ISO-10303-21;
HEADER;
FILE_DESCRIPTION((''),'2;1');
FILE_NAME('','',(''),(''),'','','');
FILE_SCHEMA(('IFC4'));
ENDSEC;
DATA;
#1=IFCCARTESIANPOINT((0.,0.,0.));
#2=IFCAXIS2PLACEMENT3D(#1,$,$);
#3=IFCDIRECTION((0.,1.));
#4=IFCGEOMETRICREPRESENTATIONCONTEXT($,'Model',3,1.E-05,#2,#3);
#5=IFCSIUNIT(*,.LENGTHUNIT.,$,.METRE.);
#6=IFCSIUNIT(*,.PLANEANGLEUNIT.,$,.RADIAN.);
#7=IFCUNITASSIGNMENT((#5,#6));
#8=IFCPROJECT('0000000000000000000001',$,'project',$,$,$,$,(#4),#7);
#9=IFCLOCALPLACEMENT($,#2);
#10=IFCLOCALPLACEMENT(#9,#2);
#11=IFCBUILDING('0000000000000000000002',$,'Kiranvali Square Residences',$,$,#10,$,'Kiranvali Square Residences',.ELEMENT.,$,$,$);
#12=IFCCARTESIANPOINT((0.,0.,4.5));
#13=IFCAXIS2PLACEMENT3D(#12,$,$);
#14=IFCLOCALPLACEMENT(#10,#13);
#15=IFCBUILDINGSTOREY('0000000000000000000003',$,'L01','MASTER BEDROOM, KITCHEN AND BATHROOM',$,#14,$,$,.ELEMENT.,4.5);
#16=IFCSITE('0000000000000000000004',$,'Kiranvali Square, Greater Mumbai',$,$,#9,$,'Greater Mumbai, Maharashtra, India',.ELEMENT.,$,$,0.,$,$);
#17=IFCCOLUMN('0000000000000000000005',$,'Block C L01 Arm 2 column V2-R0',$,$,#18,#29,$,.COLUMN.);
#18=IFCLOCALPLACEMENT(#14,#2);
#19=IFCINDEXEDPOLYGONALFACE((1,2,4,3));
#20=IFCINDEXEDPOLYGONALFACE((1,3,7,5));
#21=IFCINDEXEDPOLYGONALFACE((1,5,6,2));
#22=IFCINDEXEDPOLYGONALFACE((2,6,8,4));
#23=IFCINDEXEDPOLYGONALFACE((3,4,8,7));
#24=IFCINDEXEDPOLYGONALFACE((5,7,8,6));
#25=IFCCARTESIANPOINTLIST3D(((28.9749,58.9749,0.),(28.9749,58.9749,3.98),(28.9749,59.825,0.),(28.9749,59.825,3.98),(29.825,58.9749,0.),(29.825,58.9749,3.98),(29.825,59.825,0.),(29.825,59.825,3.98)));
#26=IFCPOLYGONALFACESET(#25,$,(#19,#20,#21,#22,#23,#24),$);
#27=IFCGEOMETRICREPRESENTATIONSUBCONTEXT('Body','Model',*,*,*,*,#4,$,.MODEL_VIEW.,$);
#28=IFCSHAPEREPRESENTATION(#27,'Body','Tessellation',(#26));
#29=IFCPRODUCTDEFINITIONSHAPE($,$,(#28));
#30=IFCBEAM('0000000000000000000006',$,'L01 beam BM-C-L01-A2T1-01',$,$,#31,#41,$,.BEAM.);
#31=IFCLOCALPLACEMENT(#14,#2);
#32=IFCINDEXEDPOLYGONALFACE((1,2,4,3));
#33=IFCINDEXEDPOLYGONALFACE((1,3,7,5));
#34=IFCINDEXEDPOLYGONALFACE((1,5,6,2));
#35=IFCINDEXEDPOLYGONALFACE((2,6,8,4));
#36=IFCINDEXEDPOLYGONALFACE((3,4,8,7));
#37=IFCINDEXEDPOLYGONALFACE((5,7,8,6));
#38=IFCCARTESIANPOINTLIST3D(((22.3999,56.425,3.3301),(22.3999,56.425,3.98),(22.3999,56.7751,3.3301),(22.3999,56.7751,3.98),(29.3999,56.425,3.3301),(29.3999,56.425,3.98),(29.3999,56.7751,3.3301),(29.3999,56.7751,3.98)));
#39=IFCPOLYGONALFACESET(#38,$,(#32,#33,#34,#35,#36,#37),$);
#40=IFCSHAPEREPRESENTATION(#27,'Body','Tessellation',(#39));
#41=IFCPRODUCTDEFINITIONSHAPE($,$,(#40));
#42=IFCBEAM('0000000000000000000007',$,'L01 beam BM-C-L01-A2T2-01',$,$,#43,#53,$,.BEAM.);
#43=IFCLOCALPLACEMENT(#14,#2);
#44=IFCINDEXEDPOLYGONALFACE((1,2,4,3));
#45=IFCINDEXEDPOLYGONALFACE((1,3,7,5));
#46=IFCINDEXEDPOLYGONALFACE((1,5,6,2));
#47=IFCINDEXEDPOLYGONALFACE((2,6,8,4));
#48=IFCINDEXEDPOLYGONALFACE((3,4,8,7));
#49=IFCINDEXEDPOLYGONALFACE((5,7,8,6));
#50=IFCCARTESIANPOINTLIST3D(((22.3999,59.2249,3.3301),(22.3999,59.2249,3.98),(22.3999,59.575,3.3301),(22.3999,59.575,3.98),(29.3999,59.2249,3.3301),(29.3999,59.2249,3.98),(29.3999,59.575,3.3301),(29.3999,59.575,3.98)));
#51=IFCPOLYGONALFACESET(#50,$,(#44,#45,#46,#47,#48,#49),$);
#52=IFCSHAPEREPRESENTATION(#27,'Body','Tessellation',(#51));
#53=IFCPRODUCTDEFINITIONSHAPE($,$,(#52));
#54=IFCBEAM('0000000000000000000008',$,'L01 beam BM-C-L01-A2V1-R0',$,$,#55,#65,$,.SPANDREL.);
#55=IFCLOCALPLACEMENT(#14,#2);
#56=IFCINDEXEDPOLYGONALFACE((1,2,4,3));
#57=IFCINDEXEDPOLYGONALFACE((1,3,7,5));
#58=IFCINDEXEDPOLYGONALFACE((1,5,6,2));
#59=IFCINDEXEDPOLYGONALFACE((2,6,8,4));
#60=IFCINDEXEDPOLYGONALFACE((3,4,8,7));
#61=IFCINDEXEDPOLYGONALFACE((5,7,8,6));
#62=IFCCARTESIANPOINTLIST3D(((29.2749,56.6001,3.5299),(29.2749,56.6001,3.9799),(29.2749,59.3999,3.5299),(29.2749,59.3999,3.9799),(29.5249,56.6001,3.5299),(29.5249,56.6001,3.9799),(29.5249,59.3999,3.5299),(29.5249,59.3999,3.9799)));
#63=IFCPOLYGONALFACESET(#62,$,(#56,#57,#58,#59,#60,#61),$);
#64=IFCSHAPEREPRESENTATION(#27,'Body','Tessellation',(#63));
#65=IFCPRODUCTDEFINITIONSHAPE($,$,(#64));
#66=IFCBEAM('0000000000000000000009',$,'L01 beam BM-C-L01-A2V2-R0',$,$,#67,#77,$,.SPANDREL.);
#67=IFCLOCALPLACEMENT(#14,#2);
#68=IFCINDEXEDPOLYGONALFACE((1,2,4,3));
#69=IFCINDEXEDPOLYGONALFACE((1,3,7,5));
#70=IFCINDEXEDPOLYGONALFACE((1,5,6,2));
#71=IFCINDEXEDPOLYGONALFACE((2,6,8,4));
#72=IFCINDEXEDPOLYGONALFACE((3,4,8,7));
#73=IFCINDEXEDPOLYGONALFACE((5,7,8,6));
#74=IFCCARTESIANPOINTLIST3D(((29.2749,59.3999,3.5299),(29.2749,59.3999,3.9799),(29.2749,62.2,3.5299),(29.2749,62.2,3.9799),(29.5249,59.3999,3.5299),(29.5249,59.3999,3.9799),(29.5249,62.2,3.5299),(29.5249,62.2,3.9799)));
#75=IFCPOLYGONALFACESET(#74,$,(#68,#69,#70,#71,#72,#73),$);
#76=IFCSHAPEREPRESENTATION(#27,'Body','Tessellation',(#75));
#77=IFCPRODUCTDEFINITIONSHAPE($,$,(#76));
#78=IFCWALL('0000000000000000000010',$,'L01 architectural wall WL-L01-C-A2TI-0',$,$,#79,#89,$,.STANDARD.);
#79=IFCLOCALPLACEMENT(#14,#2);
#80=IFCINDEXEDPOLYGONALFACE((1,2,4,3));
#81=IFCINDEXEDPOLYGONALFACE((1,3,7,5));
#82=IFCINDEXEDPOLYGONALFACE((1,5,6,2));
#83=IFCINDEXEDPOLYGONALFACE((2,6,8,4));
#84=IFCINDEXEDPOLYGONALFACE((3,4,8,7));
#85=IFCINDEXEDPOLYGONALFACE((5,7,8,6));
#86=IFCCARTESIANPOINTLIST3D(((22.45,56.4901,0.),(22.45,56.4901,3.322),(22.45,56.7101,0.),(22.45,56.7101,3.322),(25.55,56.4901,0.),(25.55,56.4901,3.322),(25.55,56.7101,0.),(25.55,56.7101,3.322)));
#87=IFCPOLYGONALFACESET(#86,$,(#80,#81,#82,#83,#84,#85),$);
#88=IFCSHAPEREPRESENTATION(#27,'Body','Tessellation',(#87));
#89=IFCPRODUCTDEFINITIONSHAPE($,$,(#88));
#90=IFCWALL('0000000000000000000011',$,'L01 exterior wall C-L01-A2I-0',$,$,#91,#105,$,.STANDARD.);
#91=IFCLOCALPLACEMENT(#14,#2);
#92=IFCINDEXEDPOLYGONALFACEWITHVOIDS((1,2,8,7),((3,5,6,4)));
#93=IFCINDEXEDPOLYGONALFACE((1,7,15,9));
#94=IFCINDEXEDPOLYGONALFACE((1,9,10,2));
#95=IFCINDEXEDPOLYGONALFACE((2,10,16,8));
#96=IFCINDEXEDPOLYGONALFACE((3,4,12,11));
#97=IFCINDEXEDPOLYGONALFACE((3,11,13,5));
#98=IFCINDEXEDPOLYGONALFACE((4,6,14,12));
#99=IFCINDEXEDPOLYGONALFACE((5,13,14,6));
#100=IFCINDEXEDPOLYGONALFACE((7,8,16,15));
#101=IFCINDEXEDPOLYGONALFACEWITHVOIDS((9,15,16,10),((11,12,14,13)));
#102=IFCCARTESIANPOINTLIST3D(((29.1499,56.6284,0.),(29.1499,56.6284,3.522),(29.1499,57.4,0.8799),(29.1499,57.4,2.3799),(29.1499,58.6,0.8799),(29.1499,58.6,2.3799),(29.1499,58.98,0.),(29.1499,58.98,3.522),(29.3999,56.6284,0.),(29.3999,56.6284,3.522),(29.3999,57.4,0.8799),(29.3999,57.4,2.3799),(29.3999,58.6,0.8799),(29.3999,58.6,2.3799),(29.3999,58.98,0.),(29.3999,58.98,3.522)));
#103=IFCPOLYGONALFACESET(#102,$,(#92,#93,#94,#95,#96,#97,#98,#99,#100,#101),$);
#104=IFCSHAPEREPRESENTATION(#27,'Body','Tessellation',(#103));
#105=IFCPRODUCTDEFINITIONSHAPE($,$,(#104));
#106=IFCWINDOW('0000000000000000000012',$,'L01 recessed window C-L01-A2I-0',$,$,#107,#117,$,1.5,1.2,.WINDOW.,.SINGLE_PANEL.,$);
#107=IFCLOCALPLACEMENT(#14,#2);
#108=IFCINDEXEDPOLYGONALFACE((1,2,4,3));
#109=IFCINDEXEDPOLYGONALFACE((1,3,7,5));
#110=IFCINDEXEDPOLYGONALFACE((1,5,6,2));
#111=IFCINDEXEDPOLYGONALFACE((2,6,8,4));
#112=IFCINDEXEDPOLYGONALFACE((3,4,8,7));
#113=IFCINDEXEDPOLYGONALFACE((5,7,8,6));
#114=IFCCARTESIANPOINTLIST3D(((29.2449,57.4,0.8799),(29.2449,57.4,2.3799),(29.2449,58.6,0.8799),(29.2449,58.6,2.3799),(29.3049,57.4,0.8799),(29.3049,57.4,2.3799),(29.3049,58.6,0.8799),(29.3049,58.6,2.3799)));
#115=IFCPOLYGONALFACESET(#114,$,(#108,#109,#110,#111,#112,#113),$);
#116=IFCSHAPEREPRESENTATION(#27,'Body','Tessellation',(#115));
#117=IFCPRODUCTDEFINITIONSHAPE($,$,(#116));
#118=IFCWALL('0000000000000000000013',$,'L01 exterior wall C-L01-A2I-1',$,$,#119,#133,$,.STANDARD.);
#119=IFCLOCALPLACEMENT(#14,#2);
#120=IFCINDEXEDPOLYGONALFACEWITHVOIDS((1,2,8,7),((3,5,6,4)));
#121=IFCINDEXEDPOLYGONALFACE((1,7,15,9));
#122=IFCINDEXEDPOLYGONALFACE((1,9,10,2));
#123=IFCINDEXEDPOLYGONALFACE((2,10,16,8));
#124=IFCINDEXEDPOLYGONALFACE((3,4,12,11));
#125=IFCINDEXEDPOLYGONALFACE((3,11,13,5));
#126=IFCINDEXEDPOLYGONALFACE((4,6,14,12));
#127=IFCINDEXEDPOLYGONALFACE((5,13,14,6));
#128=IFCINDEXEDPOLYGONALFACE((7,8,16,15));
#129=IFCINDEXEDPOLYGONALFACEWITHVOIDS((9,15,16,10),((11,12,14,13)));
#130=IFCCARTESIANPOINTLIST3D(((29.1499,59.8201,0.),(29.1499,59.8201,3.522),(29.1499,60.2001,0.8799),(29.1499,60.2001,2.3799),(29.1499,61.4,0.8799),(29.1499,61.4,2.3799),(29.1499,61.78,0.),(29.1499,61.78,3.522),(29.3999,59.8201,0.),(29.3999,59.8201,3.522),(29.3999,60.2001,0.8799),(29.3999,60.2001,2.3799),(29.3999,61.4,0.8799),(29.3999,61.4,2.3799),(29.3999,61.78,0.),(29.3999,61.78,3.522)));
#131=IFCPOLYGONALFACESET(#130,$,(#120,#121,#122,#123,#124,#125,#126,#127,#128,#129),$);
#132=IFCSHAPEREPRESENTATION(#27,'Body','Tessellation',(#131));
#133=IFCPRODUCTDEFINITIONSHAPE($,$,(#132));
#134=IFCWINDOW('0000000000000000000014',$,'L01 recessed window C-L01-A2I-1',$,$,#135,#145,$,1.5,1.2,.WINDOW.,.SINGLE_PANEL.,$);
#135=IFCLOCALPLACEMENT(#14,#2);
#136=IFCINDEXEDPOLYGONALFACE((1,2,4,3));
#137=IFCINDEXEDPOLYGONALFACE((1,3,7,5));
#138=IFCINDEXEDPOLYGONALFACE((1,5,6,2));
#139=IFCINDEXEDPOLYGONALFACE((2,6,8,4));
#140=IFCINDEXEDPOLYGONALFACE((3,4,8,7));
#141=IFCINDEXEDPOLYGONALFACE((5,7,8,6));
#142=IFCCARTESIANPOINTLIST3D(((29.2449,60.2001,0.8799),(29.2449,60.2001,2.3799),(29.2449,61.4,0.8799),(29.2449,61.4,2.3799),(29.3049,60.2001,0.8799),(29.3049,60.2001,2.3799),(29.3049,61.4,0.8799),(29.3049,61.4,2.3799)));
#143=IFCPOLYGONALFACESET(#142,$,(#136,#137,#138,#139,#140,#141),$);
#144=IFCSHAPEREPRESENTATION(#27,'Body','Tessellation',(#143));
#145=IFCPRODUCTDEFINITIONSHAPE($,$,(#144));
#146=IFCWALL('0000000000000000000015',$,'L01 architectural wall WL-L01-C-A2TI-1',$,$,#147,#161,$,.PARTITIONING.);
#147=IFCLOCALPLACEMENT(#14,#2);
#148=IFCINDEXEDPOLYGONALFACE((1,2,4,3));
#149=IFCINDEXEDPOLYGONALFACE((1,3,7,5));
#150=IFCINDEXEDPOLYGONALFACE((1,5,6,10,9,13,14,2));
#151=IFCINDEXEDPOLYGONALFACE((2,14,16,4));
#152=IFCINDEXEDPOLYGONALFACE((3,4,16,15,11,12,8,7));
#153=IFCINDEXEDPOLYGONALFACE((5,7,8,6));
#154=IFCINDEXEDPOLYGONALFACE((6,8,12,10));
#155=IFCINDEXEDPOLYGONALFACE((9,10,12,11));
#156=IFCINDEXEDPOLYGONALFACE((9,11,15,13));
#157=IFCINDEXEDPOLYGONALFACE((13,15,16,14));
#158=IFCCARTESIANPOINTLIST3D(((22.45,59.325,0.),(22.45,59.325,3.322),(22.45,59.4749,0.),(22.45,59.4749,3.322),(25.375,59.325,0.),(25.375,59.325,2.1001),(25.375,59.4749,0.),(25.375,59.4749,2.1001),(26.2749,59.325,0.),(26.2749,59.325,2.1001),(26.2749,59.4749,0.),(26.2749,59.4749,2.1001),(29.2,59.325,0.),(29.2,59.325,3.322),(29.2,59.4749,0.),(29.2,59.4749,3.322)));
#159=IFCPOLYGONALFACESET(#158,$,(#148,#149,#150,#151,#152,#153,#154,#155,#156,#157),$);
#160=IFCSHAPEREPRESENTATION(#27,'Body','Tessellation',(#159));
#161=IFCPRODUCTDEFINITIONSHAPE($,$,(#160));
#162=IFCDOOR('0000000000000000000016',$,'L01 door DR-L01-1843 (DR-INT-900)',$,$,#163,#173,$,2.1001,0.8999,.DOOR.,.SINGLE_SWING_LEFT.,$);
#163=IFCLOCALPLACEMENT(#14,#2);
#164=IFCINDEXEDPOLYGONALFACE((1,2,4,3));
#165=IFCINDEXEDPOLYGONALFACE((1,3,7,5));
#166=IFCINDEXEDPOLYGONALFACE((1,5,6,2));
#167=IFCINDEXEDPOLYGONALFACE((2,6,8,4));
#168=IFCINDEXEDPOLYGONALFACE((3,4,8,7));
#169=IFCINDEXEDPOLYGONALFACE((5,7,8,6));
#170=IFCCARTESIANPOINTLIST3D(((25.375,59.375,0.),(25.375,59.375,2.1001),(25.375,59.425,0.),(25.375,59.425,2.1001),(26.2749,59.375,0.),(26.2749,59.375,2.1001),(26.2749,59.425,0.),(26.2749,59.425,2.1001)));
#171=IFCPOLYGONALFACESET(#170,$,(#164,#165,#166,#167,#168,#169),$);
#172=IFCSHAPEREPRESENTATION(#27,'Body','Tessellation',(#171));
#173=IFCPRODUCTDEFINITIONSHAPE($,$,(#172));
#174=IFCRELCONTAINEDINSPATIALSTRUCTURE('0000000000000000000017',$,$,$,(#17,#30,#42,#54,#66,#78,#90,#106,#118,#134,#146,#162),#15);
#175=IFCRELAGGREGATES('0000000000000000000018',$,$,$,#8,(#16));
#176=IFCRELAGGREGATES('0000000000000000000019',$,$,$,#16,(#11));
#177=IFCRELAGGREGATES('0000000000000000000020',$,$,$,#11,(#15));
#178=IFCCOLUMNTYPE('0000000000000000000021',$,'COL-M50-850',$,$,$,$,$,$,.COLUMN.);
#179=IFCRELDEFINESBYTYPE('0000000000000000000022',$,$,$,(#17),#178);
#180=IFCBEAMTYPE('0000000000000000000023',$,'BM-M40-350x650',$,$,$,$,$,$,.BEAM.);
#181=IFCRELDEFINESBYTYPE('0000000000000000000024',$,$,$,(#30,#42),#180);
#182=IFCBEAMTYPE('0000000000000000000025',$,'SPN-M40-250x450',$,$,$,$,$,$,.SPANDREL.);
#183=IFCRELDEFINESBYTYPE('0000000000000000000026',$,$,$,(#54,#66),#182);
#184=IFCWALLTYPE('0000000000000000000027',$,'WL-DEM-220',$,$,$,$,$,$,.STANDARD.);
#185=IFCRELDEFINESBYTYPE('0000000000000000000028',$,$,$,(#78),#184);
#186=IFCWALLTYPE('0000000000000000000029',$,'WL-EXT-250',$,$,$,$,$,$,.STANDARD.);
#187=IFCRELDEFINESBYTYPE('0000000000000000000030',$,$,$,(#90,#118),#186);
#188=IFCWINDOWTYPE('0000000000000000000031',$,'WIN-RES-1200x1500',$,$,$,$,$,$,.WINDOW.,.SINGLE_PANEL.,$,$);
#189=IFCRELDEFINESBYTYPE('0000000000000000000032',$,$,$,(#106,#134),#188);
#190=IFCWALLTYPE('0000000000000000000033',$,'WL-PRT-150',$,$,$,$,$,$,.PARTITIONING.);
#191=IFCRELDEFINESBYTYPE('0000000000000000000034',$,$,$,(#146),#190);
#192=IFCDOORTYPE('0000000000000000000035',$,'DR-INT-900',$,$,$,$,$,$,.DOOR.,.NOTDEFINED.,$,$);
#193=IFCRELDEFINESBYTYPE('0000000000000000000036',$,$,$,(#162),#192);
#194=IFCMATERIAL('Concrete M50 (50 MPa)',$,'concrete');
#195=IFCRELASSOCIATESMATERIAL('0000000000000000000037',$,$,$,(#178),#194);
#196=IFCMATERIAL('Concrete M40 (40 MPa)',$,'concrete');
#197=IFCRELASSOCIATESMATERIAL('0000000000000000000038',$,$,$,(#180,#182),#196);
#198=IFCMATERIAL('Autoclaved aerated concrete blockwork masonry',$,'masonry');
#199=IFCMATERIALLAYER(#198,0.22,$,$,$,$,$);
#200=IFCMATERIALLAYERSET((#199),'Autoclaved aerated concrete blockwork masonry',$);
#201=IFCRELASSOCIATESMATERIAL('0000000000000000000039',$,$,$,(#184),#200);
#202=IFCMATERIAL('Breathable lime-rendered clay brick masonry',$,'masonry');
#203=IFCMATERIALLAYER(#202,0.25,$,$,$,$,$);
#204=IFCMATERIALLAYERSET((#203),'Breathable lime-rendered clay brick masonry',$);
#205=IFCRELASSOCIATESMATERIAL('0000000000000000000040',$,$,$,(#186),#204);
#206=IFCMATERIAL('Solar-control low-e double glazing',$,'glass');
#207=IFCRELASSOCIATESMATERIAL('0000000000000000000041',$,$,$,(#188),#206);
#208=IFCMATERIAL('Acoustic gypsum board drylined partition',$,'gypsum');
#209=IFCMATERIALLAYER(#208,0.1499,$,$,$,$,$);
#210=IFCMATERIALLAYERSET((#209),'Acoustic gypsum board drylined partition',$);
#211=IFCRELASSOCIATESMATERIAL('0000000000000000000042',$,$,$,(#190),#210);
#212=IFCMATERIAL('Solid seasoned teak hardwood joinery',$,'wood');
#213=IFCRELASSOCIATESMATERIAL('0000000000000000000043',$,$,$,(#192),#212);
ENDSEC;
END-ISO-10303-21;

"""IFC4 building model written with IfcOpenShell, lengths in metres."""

from ifc_helpers import new_model, si_unit, direction, frame, frame_2d, origin, origin_2d, place, context, subcontext, project, spatial, rectangle, extrude, material, layer, layer_set, material_profile, profile_set, type_object, element, fill, save


model = new_model("IFC4")

# Units and contexts
model_context = context("Model", 3, precision=1e-05, world=origin(), true_north=direction((0.0, 1.0)))
body_context = subcontext(model_context, "Body", "Model", "MODEL_VIEW")
ifc_project = project(units=[si_unit("LENGTHUNIT", "METRE"), si_unit("PLANEANGLEUNIT", "RADIAN")], contexts=[model_context])

# Site, building, storey
site_placement = place(None, origin())
site = spatial("IfcSite", under=ifc_project, at=site_placement, Name="Kiranvali Square, Greater Mumbai", LongName="Greater Mumbai, Maharashtra, India", CompositionType="ELEMENT", RefElevation=0.0)
building_placement = place(site_placement, origin())
building = spatial("IfcBuilding", under=site, at=building_placement, Name="Kiranvali Square Residences", LongName="Kiranvali Square Residences", CompositionType="ELEMENT")
storey_placement = place(building_placement, frame((0.0, 0.0, 4.5)))
storey = spatial("IfcBuildingStorey", under=building, at=storey_placement, Name="L01", Description="MASTER BEDROOM, KITCHEN AND BATHROOM", CompositionType="ELEMENT", Elevation=4.5)

# Column
ifc_material_1 = material(Name="Concrete M50 (50 MPa)", Category="concrete")
ifc_material_profile_1 = material_profile(ifc_material_1, rectangle(XDim=0.8501, YDim=0.8501, at=origin_2d()), Name="RC 850x850")
ifc_profile_set_1 = profile_set([ifc_material_profile_1], Name="Concrete M50 (50 MPa)")
column_type = type_object("IfcColumnType", Name="COL-M50-850", PredefinedType="COLUMN", material=ifc_profile_set_1)
column_placement = place(storey_placement, frame((29.3999, 59.3999, 0.0), z_axis=(0.0, 0.0, 1.0), x_axis=(1.0, 0.0, 0.0)))
element("IfcColumn", 1, at=column_placement, inside=storey, type_object=column_type, Name="Block C L01 Arm 2 column V2-R0", PredefinedType="COLUMN", context=body_context, shape_type="SweptSolid", body=[
    extrude(rectangle(XDim=0.8501, YDim=0.8501, at=origin_2d()), origin(), (0.0, 0.0, 1.0), 3.98),
])

# Beams
ifc_material_2 = material(Name="Concrete M40 (40 MPa)", Category="concrete")
ifc_material_profile_2 = material_profile(ifc_material_2, rectangle(XDim=0.3501, YDim=0.6499, at=origin_2d()), Name="RC 350x650")
ifc_profile_set_2 = profile_set([ifc_material_profile_2], Name="Concrete M40 (40 MPa)")
beam_type_1 = type_object("IfcBeamType", Name="BM-M40-350x650", PredefinedType="BEAM", material=ifc_profile_set_2)
for number, where, z_axis, x_axis, name in (
    (2, (29.3999, 56.6001, 3.655), (-1.0, 0.0, 0.0), (0.0, -1.0, 0.0), "L01 beam BM-C-L01-A2T1-01"),
    (3, (29.3999, 59.3999, 3.655), (-1.0, 0.0, 0.0), (0.0, -1.0, 0.0), "L01 beam BM-C-L01-A2T2-01"),
):
    element("IfcBeam", number, at=place(storey_placement, frame(where, z_axis=z_axis, x_axis=x_axis)), inside=storey, type_object=beam_type_1, Name=name, PredefinedType="BEAM", context=body_context, shape_type="SweptSolid", body=[
        extrude(rectangle(XDim=0.3501, YDim=0.6499, at=origin_2d()), origin(), (0.0, 0.0, 1.0), 7.0),
    ])
ifc_material_profile_3 = material_profile(ifc_material_2, rectangle(XDim=0.25, YDim=0.45, at=origin_2d()), Name="RC 250x450")
ifc_profile_set_3 = profile_set([ifc_material_profile_3], Name="Concrete M40 (40 MPa)")
beam_type_2 = type_object("IfcBeamType", Name="SPN-M40-250x450", PredefinedType="SPANDREL", material=ifc_profile_set_3)
beam_1_placement = place(storey_placement, frame((29.3999, 56.6001, 3.7549), z_axis=(0.0, 1.0, 0.0), x_axis=(-1.0, 0.0, 0.0)))
element("IfcBeam", 4, at=beam_1_placement, inside=storey, type_object=beam_type_2, Name="L01 beam BM-C-L01-A2V1-R0", PredefinedType="SPANDREL", context=body_context, shape_type="SweptSolid", body=[
    extrude(rectangle(XDim=0.25, YDim=0.45, at=origin_2d()), origin(), (0.0, 0.0, 1.0), 2.7998),
])
beam_2_placement = place(storey_placement, frame((29.3999, 59.3999, 3.7549), z_axis=(0.0, 1.0, 0.0), x_axis=(-1.0, 0.0, 0.0)))
element("IfcBeam", 5, at=beam_2_placement, inside=storey, type_object=beam_type_2, Name="L01 beam BM-C-L01-A2V2-R0", PredefinedType="SPANDREL", context=body_context, shape_type="SweptSolid", body=[
    extrude(rectangle(XDim=0.25, YDim=0.45, at=origin_2d()), origin(), (0.0, 0.0, 1.0), 2.8),
])

# Shared definitions
ifc_material_3 = material(Name="Autoclaved aerated concrete blockwork masonry", Category="masonry")

# Wall
ifc_layer_1 = layer(ifc_material_3, 0.22)
ifc_layer_set_1 = layer_set([ifc_layer_1], Name="Autoclaved aerated concrete blockwork masonry")
wall_type_1 = type_object("IfcWallType", Name="WL-DEM-220", PredefinedType="STANDARD", material=ifc_layer_set_1)
wall_1_placement = place(storey_placement, frame((25.55, 56.6001, 0.0), z_axis=(0.0, 0.0, 1.0), x_axis=(-1.0, 0.0, 0.0)))
element("IfcWall", 6, at=wall_1_placement, inside=storey, type_object=wall_type_1, Name="L01 architectural wall WL-L01-C-A2TI-0", PredefinedType="STANDARD", context=body_context, shape_type="SweptSolid", body=[
    extrude(rectangle(XDim=3.1001, YDim=0.22, at=frame_2d((1.55, 0.0))), origin(), (0.0, 0.0, 1.0), 3.322),
])

# Walls, openings, windows
ifc_material_4 = material(Name="Breathable lime-rendered clay brick masonry", Category="masonry")
ifc_layer_2 = layer(ifc_material_4, 0.25)
ifc_layer_set_2 = layer_set([ifc_layer_2], Name="Breathable lime-rendered clay brick masonry")
wall_type_2 = type_object("IfcWallType", Name="WL-EXT-250", PredefinedType="STANDARD", material=ifc_layer_set_2)
wall_2_placement = place(storey_placement, frame((29.2749, 56.6284, 0.0), z_axis=(0.0, 0.0, 1.0), x_axis=(0.0, 1.0, 0.0)))
wall_2 = element("IfcWall", 7, at=wall_2_placement, inside=storey, type_object=wall_type_2, Name="L01 exterior wall C-L01-A2I-0", PredefinedType="STANDARD", context=body_context, shape_type="SweptSolid", body=[
    extrude(rectangle(XDim=2.3516, YDim=0.25, at=frame_2d((1.1758, 0.0))), origin(), (0.0, 0.0, 1.0), 3.522),
])
opening_1_placement = place(wall_2_placement, frame((0.7715, 0.0, 0.8799)))
opening_1 = element("IfcOpeningElement", 8, at=opening_1_placement, cuts=wall_2, PredefinedType="OPENING", context=body_context, shape_type="SweptSolid", body=[
    extrude(rectangle(XDim=1.2, YDim=1.5, at=frame_2d((0.6001, 0.75))), frame((0.0, 0.135, 0.0), z_axis=(0.0, -1.0, 0.0), x_axis=(1.0, 0.0, 0.0)), (0.0, 0.0, 1.0), 0.27),
])
ifc_material_5 = material(Name="Solar-control low-e double glazing", Category="glass")
window_type = type_object("IfcWindowType", Name="WIN-RES-1200x1500", PartitioningType="SINGLE_PANEL", PredefinedType="WINDOW", material=ifc_material_5)
window_1_placement = place(opening_1_placement, origin())
window_1 = element("IfcWindow", 9, at=window_1_placement, inside=storey, type_object=window_type, Name="L01 recessed window C-L01-A2I-0", OverallHeight=1.5, OverallWidth=1.2, PartitioningType="SINGLE_PANEL", PredefinedType="WINDOW", context=body_context, shape_type="SweptSolid", body=[
    extrude(rectangle(XDim=1.2, YDim=1.5, at=frame_2d((0.6001, 0.75))), frame((0.0, 0.03, 0.0), z_axis=(0.0, -1.0, 0.0), x_axis=(1.0, 0.0, 0.0)), (0.0, 0.0, 1.0), 0.0601),
])
fill(opening_1, window_1)
wall_3_placement = place(storey_placement, frame((29.2749, 59.8201, 0.0), z_axis=(0.0, 0.0, 1.0), x_axis=(0.0, 1.0, 0.0)))
wall_3 = element("IfcWall", 10, at=wall_3_placement, inside=storey, type_object=wall_type_2, Name="L01 exterior wall C-L01-A2I-1", PredefinedType="STANDARD", context=body_context, shape_type="SweptSolid", body=[
    extrude(rectangle(XDim=1.96, YDim=0.25, at=frame_2d((0.98, 0.0))), origin(), (0.0, 0.0, 1.0), 3.522),
])
opening_2_placement = place(wall_3_placement, frame((0.3799, 0.0, 0.8799)))
opening_2 = element("IfcOpeningElement", 11, at=opening_2_placement, cuts=wall_3, PredefinedType="OPENING", context=body_context, shape_type="SweptSolid", body=[
    extrude(rectangle(XDim=1.2, YDim=1.5, at=frame_2d((0.6001, 0.75))), frame((0.0, 0.135, 0.0), z_axis=(0.0, -1.0, 0.0), x_axis=(1.0, 0.0, 0.0)), (0.0, 0.0, 1.0), 0.27),
])
window_2_placement = place(opening_2_placement, origin())
window_2 = element("IfcWindow", 12, at=window_2_placement, inside=storey, type_object=window_type, Name="L01 recessed window C-L01-A2I-1", OverallHeight=1.5, OverallWidth=1.2, PartitioningType="SINGLE_PANEL", PredefinedType="WINDOW", context=body_context, shape_type="SweptSolid", body=[
    extrude(rectangle(XDim=1.2, YDim=1.5, at=frame_2d((0.6001, 0.75))), frame((0.0, 0.03, 0.0), z_axis=(0.0, -1.0, 0.0), x_axis=(1.0, 0.0, 0.0)), (0.0, 0.0, 1.0), 0.0601),
])
fill(opening_2, window_2)

# Wall, opening, door
ifc_material_6 = material(Name="Acoustic gypsum board drylined partition", Category="gypsum")
ifc_layer_3 = layer(ifc_material_6, 0.1499)
ifc_layer_set_3 = layer_set([ifc_layer_3], Name="Acoustic gypsum board drylined partition")
wall_type_3 = type_object("IfcWallType", Name="WL-PRT-150", PredefinedType="PARTITIONING", material=ifc_layer_set_3)
wall_4_placement = place(storey_placement, frame((29.2, 59.3999, 0.0), z_axis=(0.0, 0.0, 1.0), x_axis=(-1.0, 0.0, 0.0)))
wall_4 = element("IfcWall", 13, at=wall_4_placement, inside=storey, type_object=wall_type_3, Name="L01 architectural wall WL-L01-C-A2TI-1", PredefinedType="PARTITIONING", context=body_context, shape_type="SweptSolid", body=[
    extrude(rectangle(XDim=6.75, YDim=0.1499, at=frame_2d((3.375, 0.0))), origin(), (0.0, 0.0, 1.0), 3.322),
])
opening_3_placement = place(wall_4_placement, frame((2.925, 0.0, 0.0)))
opening_3 = element("IfcOpeningElement", 14, at=opening_3_placement, cuts=wall_4, PredefinedType="OPENING", context=body_context, shape_type="SweptSolid", body=[
    extrude(rectangle(XDim=0.8999, YDim=2.1001, at=frame_2d((0.45, 1.05))), frame((0.0, 0.085, 0.0), z_axis=(0.0, -1.0, 0.0), x_axis=(1.0, 0.0, 0.0)), (0.0, 0.0, 1.0), 0.1699),
])
ifc_material_7 = material(Name="Solid seasoned teak hardwood joinery", Category="wood")
door_type_1 = type_object("IfcDoorType", Name="DR-INT-900", OperationType="NOTDEFINED", PredefinedType="DOOR", material=ifc_material_7)
door_1_placement = place(opening_3_placement, origin())
door_1 = element("IfcDoor", 15, at=door_1_placement, inside=storey, type_object=door_type_1, Name="L01 door DR-L01-1843 (DR-INT-900)", OperationType="SINGLE_SWING_LEFT", OverallHeight=2.1001, OverallWidth=0.8999, PredefinedType="DOOR", context=body_context, shape_type="SweptSolid", body=[
    extrude(rectangle(XDim=0.8999, YDim=2.1001, at=frame_2d((0.45, 1.05))), frame((0.0, 0.0249, 0.0), z_axis=(0.0, -1.0, 0.0), x_axis=(1.0, 0.0, 0.0)), (0.0, 0.0, 1.0), 0.05),
])
fill(opening_3, door_1)

save(model, "model.ifc")
